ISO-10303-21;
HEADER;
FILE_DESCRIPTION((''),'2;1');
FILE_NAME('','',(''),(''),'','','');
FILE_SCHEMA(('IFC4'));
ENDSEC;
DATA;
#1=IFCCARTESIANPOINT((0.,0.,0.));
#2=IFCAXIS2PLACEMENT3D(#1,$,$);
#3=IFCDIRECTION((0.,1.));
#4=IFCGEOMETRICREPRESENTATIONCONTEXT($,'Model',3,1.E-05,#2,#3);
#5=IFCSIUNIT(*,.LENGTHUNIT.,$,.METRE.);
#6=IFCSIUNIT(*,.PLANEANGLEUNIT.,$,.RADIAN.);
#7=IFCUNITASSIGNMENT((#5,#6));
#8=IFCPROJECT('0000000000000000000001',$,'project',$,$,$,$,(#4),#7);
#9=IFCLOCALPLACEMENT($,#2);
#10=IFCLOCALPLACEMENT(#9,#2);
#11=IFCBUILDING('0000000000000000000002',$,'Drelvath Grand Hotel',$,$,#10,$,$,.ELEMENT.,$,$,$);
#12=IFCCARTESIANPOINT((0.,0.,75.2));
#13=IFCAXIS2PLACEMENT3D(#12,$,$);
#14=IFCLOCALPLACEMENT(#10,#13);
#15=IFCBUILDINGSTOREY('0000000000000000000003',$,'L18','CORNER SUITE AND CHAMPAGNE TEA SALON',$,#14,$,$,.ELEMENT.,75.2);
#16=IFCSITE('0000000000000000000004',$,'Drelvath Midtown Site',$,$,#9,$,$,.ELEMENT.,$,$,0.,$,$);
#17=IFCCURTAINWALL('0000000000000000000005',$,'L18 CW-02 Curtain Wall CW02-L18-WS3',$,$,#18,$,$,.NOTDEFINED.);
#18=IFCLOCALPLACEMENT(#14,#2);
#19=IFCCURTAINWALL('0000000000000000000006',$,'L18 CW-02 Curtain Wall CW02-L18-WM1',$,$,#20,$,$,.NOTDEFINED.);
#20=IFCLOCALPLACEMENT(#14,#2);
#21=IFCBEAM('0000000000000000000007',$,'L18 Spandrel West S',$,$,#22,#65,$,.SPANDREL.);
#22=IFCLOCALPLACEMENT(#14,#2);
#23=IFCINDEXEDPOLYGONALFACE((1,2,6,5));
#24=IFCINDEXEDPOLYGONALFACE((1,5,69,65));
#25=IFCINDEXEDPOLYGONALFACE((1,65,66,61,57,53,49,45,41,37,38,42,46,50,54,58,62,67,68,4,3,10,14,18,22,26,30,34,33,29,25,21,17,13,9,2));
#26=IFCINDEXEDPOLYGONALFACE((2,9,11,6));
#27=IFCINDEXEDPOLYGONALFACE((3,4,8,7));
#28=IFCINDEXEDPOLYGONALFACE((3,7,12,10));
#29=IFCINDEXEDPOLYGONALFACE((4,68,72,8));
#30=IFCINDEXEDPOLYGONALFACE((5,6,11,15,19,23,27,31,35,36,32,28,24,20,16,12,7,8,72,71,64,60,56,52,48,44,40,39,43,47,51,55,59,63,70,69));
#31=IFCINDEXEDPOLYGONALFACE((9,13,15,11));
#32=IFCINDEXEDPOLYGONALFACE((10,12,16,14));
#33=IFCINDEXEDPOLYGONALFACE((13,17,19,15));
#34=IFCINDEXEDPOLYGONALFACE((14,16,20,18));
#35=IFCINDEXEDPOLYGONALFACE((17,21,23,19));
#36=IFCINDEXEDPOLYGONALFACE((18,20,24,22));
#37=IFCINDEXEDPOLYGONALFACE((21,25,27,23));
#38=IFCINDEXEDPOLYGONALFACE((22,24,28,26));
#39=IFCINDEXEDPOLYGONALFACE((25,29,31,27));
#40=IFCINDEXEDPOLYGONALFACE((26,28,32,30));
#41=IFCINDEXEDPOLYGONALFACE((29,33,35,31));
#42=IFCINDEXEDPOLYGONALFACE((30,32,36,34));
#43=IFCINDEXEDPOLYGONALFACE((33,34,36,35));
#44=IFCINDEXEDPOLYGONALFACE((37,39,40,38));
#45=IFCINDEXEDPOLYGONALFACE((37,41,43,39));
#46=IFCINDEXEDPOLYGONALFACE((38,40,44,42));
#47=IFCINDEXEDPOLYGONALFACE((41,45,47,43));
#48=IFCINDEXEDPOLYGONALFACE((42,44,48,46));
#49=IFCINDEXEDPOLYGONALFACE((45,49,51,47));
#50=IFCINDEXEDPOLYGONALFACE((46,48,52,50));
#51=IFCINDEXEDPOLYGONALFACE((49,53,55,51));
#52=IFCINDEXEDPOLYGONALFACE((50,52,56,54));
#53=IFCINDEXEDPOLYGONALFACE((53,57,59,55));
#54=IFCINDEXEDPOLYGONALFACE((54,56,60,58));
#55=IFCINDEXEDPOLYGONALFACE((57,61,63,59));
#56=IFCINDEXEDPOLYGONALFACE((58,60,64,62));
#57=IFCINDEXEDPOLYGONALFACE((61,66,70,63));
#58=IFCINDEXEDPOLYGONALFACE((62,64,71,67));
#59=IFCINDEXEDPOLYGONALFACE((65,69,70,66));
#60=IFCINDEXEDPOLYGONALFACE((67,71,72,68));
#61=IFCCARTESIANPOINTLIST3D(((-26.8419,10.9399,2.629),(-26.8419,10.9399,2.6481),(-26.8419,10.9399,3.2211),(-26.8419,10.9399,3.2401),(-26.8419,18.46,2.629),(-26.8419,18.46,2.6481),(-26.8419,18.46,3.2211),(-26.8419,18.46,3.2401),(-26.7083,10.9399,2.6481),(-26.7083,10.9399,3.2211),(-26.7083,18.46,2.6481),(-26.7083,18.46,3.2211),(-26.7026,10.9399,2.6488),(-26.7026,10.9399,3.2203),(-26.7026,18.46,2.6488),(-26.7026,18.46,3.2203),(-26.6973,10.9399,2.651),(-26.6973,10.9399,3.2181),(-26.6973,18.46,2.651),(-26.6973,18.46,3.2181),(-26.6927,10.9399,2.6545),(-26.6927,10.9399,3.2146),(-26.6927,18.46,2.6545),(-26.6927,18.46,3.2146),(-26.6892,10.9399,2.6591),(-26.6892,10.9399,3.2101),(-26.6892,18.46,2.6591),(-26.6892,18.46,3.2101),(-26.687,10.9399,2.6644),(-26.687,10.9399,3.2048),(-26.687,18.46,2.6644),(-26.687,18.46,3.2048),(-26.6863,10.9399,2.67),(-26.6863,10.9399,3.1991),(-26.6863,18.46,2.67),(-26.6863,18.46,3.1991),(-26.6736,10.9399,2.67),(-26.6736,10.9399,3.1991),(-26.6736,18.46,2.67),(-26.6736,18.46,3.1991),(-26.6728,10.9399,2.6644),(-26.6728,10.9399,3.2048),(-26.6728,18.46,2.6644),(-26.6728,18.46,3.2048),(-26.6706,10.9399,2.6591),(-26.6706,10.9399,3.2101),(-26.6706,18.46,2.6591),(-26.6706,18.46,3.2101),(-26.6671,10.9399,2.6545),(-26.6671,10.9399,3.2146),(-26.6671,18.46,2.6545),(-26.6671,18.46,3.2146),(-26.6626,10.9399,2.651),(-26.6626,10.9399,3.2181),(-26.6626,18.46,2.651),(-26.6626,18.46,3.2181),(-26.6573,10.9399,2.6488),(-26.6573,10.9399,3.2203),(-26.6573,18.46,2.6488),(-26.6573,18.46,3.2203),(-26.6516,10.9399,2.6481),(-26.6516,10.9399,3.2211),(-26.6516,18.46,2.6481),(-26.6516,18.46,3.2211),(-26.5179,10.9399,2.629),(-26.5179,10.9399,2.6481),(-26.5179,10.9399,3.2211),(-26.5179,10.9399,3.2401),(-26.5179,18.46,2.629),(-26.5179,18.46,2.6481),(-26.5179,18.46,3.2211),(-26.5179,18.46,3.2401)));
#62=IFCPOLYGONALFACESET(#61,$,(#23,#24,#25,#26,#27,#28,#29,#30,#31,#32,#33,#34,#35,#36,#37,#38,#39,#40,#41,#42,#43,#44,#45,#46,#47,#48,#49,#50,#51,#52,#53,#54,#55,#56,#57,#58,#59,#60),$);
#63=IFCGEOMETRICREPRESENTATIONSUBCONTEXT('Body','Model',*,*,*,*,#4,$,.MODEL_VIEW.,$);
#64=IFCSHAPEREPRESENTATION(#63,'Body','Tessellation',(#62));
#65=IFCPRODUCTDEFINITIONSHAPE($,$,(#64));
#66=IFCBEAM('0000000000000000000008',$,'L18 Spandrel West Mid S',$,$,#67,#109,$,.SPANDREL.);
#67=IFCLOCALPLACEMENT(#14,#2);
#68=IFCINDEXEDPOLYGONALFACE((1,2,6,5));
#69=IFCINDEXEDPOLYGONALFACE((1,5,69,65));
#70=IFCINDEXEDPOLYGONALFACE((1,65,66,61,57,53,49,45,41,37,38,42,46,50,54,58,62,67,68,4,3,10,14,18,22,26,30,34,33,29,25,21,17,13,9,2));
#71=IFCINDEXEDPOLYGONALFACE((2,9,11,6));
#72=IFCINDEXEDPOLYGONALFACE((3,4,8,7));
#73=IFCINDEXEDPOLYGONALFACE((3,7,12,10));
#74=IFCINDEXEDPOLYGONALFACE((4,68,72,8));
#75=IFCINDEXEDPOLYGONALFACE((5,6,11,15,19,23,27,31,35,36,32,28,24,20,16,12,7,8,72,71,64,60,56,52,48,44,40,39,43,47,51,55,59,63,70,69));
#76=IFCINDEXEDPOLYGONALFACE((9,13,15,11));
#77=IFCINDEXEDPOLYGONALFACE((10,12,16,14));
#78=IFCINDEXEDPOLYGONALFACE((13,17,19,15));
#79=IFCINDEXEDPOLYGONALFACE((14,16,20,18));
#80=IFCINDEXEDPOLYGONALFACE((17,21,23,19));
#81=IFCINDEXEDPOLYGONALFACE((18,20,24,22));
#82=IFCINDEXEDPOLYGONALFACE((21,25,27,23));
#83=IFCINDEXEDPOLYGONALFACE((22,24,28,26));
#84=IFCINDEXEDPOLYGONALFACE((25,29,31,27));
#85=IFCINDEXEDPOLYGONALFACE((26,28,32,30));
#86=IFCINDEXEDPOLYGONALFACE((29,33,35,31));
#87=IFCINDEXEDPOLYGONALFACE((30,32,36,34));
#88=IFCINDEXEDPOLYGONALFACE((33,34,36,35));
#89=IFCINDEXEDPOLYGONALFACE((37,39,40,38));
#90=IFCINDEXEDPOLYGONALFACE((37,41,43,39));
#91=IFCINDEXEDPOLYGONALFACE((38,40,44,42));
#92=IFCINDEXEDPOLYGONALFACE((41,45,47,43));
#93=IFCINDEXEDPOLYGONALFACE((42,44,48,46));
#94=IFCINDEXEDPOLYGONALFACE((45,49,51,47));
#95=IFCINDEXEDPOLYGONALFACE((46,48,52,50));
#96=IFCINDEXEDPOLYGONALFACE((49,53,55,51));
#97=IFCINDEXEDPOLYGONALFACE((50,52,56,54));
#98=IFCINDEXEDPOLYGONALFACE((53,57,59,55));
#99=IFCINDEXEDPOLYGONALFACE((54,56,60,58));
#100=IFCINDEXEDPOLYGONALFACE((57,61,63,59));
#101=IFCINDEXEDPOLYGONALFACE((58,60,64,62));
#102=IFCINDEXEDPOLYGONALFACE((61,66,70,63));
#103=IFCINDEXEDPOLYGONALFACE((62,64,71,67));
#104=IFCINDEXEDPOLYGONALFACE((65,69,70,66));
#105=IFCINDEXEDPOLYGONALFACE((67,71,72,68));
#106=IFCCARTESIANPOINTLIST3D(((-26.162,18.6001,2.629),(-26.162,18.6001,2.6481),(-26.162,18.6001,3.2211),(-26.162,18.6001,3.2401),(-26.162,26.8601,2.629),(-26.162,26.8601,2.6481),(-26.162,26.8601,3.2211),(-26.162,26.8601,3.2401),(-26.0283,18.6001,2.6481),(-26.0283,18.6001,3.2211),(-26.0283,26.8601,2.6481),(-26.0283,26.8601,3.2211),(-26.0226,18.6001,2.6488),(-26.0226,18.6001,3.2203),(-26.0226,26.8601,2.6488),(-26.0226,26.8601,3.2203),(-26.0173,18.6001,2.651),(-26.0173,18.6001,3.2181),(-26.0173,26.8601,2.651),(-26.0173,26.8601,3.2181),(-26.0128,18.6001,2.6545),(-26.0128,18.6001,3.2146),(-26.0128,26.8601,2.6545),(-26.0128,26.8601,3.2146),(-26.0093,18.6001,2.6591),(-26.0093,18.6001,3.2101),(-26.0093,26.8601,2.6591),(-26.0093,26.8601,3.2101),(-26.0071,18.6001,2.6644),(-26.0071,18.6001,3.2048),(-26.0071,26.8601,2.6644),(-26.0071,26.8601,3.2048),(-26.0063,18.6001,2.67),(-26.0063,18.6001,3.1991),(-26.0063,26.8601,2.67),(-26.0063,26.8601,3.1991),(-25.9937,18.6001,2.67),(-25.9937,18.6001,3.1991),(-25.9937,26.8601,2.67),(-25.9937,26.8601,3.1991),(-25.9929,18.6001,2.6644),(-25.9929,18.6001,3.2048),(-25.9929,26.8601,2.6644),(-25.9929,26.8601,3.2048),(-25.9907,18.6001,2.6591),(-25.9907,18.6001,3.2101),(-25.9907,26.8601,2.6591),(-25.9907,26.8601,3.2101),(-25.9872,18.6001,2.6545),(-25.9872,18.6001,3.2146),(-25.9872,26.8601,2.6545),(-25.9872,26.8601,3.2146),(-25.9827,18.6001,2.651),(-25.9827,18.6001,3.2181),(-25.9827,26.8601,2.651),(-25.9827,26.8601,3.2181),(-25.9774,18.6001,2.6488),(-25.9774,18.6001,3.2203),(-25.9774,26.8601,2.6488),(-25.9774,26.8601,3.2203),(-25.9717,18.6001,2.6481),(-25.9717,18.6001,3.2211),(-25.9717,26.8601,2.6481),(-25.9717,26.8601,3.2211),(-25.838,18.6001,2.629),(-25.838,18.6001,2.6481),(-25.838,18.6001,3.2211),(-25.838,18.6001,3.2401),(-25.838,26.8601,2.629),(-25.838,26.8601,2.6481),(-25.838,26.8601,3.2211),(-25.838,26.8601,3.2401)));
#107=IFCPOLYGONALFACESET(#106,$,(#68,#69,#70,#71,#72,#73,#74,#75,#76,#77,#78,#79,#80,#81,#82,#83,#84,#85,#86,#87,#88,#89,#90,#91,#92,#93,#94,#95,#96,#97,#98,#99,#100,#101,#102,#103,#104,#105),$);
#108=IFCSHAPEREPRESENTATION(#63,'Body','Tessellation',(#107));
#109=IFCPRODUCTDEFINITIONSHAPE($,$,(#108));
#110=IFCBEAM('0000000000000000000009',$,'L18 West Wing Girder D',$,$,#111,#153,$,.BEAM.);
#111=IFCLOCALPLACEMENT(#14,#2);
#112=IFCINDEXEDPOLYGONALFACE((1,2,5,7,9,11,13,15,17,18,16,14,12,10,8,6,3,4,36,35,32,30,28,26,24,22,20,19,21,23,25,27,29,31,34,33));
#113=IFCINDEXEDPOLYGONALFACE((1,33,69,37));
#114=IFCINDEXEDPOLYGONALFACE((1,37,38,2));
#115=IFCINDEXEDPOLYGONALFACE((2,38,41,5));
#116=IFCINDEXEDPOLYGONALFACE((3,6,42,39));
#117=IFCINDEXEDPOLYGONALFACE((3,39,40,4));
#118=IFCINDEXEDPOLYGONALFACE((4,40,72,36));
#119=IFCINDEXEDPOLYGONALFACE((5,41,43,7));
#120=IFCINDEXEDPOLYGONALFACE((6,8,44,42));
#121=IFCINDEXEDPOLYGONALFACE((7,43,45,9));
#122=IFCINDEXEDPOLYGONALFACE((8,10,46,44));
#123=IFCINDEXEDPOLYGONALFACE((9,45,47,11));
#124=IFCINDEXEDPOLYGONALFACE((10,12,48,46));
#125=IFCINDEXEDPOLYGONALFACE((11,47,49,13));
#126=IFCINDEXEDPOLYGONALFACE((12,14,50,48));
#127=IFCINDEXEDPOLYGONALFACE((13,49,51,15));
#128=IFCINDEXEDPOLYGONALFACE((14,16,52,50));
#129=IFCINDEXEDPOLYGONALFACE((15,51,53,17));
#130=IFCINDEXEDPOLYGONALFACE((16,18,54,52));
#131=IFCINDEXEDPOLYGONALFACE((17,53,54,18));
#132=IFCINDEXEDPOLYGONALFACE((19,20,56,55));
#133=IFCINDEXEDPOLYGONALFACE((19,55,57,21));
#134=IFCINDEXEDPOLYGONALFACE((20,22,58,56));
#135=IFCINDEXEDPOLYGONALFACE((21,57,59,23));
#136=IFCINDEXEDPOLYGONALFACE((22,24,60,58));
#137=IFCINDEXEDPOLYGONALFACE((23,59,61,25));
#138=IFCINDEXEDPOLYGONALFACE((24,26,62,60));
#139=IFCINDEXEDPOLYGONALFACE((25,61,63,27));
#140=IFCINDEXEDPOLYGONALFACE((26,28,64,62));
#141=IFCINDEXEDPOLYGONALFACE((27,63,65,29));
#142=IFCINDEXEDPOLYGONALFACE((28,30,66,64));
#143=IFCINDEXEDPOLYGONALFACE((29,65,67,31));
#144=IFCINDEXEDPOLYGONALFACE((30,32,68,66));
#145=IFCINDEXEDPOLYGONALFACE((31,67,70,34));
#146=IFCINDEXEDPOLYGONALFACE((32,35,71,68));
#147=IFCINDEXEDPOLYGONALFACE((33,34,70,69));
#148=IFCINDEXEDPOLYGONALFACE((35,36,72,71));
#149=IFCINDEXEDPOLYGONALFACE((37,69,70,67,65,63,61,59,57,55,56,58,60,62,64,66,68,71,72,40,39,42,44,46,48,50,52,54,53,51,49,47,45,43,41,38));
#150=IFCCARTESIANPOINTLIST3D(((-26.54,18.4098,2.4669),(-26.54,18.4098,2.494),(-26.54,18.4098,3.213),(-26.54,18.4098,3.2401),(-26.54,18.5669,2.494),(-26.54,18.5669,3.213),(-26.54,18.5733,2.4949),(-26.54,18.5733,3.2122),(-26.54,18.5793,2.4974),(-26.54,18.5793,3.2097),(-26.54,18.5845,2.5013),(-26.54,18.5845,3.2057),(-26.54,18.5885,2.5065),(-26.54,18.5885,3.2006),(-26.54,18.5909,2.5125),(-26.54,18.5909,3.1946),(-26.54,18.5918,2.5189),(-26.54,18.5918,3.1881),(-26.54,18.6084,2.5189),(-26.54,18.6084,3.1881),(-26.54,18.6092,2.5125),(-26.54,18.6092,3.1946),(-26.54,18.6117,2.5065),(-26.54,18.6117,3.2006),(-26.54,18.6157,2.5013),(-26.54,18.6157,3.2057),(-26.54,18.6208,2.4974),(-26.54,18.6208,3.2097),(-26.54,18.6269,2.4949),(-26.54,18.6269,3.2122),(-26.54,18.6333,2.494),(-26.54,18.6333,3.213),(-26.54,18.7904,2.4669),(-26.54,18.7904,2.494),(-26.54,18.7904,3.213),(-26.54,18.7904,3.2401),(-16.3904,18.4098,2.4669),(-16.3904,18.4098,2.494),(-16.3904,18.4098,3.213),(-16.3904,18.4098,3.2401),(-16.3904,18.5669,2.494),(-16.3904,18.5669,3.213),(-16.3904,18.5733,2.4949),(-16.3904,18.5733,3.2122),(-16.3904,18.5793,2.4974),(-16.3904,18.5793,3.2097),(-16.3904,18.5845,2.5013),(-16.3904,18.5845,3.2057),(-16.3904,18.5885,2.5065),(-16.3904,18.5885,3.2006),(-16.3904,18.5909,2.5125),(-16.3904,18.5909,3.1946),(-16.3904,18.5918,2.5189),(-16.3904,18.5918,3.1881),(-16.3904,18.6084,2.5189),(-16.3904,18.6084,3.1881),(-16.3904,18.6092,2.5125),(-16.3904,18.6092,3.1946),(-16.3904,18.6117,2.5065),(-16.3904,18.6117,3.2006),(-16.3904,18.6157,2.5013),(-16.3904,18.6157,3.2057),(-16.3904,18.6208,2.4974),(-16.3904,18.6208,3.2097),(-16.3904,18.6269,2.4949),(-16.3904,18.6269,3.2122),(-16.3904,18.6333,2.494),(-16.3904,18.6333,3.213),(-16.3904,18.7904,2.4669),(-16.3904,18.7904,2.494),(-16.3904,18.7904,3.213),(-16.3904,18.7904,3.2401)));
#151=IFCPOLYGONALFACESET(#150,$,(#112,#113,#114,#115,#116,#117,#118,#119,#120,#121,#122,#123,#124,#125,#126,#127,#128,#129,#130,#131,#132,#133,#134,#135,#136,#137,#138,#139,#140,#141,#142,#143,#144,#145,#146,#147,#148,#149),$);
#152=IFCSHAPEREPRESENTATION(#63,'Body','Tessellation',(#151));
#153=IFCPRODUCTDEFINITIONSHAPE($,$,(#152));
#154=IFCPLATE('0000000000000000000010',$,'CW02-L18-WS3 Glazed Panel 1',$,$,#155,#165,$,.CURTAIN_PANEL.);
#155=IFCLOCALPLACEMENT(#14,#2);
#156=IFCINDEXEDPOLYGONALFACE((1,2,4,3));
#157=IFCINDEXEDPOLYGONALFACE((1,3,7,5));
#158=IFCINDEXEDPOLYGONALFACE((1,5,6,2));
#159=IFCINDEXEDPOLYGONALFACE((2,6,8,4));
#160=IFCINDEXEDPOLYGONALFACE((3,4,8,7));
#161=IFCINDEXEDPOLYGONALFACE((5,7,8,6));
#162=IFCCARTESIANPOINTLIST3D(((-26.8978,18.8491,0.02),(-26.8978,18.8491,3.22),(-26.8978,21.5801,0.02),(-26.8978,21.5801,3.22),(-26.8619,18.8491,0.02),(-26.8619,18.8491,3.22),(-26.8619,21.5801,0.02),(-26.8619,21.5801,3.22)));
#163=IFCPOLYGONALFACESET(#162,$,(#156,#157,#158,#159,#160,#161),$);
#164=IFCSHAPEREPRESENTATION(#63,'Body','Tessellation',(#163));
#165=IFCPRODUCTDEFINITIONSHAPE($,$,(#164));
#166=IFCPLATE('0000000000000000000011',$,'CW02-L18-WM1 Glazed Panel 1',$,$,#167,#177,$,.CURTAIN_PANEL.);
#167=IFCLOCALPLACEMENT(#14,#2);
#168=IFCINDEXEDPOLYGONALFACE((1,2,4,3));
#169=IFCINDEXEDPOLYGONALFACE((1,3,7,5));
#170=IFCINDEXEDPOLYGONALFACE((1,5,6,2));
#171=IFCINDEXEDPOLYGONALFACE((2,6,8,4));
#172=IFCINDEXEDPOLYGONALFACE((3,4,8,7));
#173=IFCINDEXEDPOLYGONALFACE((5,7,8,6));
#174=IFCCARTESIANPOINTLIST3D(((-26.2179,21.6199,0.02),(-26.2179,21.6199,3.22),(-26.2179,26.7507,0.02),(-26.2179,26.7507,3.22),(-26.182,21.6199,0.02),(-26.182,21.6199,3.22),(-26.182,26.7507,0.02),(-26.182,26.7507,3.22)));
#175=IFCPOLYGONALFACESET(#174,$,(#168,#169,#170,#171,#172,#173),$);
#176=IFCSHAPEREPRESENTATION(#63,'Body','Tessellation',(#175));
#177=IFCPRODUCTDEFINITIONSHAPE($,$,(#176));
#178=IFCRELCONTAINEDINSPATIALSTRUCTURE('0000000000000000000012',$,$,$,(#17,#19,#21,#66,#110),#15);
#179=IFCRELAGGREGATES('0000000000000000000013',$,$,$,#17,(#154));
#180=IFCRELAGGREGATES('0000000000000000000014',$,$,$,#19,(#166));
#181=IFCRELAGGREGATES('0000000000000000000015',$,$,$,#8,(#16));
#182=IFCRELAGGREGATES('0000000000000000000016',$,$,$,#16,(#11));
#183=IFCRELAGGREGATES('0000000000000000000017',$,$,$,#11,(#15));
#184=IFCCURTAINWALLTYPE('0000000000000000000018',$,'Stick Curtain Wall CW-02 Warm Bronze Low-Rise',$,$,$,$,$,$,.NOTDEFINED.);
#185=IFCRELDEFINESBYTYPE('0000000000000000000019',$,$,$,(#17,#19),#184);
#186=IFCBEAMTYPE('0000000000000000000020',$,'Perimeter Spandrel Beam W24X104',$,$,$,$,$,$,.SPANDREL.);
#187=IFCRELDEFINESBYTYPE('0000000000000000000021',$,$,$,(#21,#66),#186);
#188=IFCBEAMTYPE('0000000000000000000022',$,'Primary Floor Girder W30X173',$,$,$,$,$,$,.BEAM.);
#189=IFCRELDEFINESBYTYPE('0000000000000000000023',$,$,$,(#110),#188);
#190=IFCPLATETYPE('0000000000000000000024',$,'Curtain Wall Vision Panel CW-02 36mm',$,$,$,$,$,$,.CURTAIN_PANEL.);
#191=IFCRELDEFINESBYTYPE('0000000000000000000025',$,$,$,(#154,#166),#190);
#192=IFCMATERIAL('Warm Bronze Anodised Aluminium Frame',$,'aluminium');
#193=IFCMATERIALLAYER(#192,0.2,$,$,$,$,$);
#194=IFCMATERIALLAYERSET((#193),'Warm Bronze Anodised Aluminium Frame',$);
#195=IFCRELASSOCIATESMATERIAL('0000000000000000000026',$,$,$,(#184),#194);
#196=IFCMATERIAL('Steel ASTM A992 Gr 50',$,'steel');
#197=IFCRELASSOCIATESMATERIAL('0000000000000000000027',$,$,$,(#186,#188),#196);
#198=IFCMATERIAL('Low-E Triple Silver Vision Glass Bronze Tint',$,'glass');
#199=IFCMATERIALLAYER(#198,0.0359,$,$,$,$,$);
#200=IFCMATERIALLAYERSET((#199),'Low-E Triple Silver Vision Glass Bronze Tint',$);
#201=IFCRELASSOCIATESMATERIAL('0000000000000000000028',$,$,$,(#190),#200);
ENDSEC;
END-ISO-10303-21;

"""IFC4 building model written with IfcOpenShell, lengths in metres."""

from ifc_helpers import new_model, si_unit, direction, frame, origin, origin_2d, place, context, subcontext, project, spatial, rectangle, i_section, extrude, material, layer, layer_set, material_profile, profile_set, type_object, element, aggregate, save


model = new_model("IFC4")

# Units and contexts
model_context = context("Model", 3, precision=1e-05, world=origin(), true_north=direction((0.0, 1.0)))
body_context = subcontext(model_context, "Body", "Model", "MODEL_VIEW")
ifc_project = project(units=[si_unit("LENGTHUNIT", "METRE"), si_unit("PLANEANGLEUNIT", "RADIAN")], contexts=[model_context])

# Site, building, storey
site_placement = place(None, origin())
site = spatial("IfcSite", under=ifc_project, at=site_placement, Name="Drelvath Midtown Site", CompositionType="ELEMENT", RefElevation=0.0)
building_placement = place(site_placement, origin())
building = spatial("IfcBuilding", under=site, at=building_placement, Name="Drelvath Grand Hotel", CompositionType="ELEMENT")
storey_placement = place(building_placement, frame((0.0, 0.0, 75.2)))
storey = spatial("IfcBuildingStorey", under=building, at=storey_placement, Name="L18", Description="CORNER SUITE AND CHAMPAGNE TEA SALON", CompositionType="ELEMENT", Elevation=75.2)

# Shared definitions
ifc_material_1 = material(Name="Steel ASTM A992 Gr 50", Category="steel")

# Curtain walls
ifc_material_2 = material(Name="Warm Bronze Anodised Aluminium Frame", Category="aluminium")
ifc_layer_1 = layer(ifc_material_2, 0.2)
ifc_layer_set_1 = layer_set([ifc_layer_1], Name="Warm Bronze Anodised Aluminium Frame")
curtain_wall_type = type_object("IfcCurtainWallType", Name="Stick Curtain Wall CW-02 Warm Bronze Low-Rise", PredefinedType="NOTDEFINED", material=ifc_layer_set_1)
curtain_wall_1_placement = place(storey_placement, origin())
curtain_wall_1 = element("IfcCurtainWall", 1, at=curtain_wall_1_placement, inside=storey, type_object=curtain_wall_type, Name="L18 CW-02 Curtain Wall CW02-L18-WS3", PredefinedType="NOTDEFINED")
curtain_wall_2_placement = place(storey_placement, origin())
curtain_wall_2 = element("IfcCurtainWall", 2, at=curtain_wall_2_placement, inside=storey, type_object=curtain_wall_type, Name="L18 CW-02 Curtain Wall CW02-L18-WM1", PredefinedType="NOTDEFINED")

# Beams
ifc_material_profile_1 = material_profile(ifc_material_1, i_section(OverallWidth=0.324, OverallDepth=0.6111, WebThickness=0.0127, FlangeThickness=0.019, FilletRadius=0.022, at=origin_2d()), Name="W24X104")
ifc_profile_set_1 = profile_set([ifc_material_profile_1], Name="Steel ASTM A992 Gr 50")
beam_type_1 = type_object("IfcBeamType", Name="Perimeter Spandrel Beam W24X104", PredefinedType="SPANDREL", material=ifc_profile_set_1)
beam_1_placement = place(storey_placement, frame((-26.6799, 10.9399, 2.9346), z_axis=(0.0, 1.0, 0.0), x_axis=(-1.0, 0.0, 0.0)))
element("IfcBeam", 3, at=beam_1_placement, inside=storey, type_object=beam_type_1, Name="L18 Spandrel West S", PredefinedType="SPANDREL", context=body_context, shape_type="SweptSolid", body=[
    extrude(i_section(OverallWidth=0.324, OverallDepth=0.6111, WebThickness=0.0127, FlangeThickness=0.019, FilletRadius=0.022, at=origin_2d()), origin(), (0.0, 0.0, 1.0), 7.52),
])
beam_2_placement = place(storey_placement, frame((-26.0, 18.6001, 2.9346), z_axis=(0.0, 1.0, 0.0), x_axis=(-1.0, 0.0, 0.0)))
element("IfcBeam", 4, at=beam_2_placement, inside=storey, type_object=beam_type_1, Name="L18 Spandrel West Mid S", PredefinedType="SPANDREL", context=body_context, shape_type="SweptSolid", body=[
    extrude(i_section(OverallWidth=0.324, OverallDepth=0.6111, WebThickness=0.0127, FlangeThickness=0.019, FilletRadius=0.022, at=origin_2d()), origin(), (0.0, 0.0, 1.0), 8.26),
])
ifc_material_profile_2 = material_profile(ifc_material_1, i_section(OverallWidth=0.3806, OverallDepth=0.7732, WebThickness=0.0166, FlangeThickness=0.0271, FilletRadius=0.0249, at=origin_2d()), Name="W30X173")
ifc_profile_set_2 = profile_set([ifc_material_profile_2], Name="Steel ASTM A992 Gr 50")
beam_type_2 = type_object("IfcBeamType", Name="Primary Floor Girder W30X173", PredefinedType="BEAM", material=ifc_profile_set_2)
beam_3_placement = place(storey_placement, frame((-26.54, 18.6001, 2.8535), z_axis=(1.0, 0.0, 0.0), x_axis=(0.0, 1.0, 0.0)))
element("IfcBeam", 5, at=beam_3_placement, inside=storey, type_object=beam_type_2, Name="L18 West Wing Girder D", PredefinedType="BEAM", context=body_context, shape_type="SweptSolid", body=[
    extrude(i_section(OverallWidth=0.3806, OverallDepth=0.7732, WebThickness=0.0166, FlangeThickness=0.0271, FilletRadius=0.0249, at=origin_2d()), origin(), (0.0, 0.0, 1.0), 10.1497),
])

# Plates
ifc_material_3 = material(Name="Low-E Triple Silver Vision Glass Bronze Tint", Category="glass")
ifc_layer_2 = layer(ifc_material_3, 0.0359)
ifc_layer_set_2 = layer_set([ifc_layer_2], Name="Low-E Triple Silver Vision Glass Bronze Tint")
plate_type = type_object("IfcPlateType", Name="Curtain Wall Vision Panel CW-02 36mm", PredefinedType="CURTAIN_PANEL", material=ifc_layer_set_2)
plate_1_placement = place(storey_placement, frame((-26.8799, 20.2146, 0.02), z_axis=(0.0, 0.0, 1.0), x_axis=(0.0, 1.0, 0.0)))
plate_1 = element("IfcPlate", 6, at=plate_1_placement, type_object=plate_type, Name="CW02-L18-WS3 Glazed Panel 1", PredefinedType="CURTAIN_PANEL", context=body_context, shape_type="SweptSolid", body=[
    extrude(rectangle(XDim=2.731, YDim=0.0359, at=origin_2d()), origin(), (0.0, 0.0, 1.0), 3.2),
])
aggregate(curtain_wall_1, [plate_1])
plate_2_placement = place(storey_placement, frame((-26.2, 24.1853, 0.02), z_axis=(0.0, 0.0, 1.0), x_axis=(0.0, 1.0, 0.0)))
plate_2 = element("IfcPlate", 7, at=plate_2_placement, type_object=plate_type, Name="CW02-L18-WM1 Glazed Panel 1", PredefinedType="CURTAIN_PANEL", context=body_context, shape_type="SweptSolid", body=[
    extrude(rectangle(XDim=5.1309, YDim=0.0359, at=origin_2d()), origin(), (0.0, 0.0, 1.0), 3.2),
])
aggregate(curtain_wall_2, [plate_2])

save(model, "model.ifc")
